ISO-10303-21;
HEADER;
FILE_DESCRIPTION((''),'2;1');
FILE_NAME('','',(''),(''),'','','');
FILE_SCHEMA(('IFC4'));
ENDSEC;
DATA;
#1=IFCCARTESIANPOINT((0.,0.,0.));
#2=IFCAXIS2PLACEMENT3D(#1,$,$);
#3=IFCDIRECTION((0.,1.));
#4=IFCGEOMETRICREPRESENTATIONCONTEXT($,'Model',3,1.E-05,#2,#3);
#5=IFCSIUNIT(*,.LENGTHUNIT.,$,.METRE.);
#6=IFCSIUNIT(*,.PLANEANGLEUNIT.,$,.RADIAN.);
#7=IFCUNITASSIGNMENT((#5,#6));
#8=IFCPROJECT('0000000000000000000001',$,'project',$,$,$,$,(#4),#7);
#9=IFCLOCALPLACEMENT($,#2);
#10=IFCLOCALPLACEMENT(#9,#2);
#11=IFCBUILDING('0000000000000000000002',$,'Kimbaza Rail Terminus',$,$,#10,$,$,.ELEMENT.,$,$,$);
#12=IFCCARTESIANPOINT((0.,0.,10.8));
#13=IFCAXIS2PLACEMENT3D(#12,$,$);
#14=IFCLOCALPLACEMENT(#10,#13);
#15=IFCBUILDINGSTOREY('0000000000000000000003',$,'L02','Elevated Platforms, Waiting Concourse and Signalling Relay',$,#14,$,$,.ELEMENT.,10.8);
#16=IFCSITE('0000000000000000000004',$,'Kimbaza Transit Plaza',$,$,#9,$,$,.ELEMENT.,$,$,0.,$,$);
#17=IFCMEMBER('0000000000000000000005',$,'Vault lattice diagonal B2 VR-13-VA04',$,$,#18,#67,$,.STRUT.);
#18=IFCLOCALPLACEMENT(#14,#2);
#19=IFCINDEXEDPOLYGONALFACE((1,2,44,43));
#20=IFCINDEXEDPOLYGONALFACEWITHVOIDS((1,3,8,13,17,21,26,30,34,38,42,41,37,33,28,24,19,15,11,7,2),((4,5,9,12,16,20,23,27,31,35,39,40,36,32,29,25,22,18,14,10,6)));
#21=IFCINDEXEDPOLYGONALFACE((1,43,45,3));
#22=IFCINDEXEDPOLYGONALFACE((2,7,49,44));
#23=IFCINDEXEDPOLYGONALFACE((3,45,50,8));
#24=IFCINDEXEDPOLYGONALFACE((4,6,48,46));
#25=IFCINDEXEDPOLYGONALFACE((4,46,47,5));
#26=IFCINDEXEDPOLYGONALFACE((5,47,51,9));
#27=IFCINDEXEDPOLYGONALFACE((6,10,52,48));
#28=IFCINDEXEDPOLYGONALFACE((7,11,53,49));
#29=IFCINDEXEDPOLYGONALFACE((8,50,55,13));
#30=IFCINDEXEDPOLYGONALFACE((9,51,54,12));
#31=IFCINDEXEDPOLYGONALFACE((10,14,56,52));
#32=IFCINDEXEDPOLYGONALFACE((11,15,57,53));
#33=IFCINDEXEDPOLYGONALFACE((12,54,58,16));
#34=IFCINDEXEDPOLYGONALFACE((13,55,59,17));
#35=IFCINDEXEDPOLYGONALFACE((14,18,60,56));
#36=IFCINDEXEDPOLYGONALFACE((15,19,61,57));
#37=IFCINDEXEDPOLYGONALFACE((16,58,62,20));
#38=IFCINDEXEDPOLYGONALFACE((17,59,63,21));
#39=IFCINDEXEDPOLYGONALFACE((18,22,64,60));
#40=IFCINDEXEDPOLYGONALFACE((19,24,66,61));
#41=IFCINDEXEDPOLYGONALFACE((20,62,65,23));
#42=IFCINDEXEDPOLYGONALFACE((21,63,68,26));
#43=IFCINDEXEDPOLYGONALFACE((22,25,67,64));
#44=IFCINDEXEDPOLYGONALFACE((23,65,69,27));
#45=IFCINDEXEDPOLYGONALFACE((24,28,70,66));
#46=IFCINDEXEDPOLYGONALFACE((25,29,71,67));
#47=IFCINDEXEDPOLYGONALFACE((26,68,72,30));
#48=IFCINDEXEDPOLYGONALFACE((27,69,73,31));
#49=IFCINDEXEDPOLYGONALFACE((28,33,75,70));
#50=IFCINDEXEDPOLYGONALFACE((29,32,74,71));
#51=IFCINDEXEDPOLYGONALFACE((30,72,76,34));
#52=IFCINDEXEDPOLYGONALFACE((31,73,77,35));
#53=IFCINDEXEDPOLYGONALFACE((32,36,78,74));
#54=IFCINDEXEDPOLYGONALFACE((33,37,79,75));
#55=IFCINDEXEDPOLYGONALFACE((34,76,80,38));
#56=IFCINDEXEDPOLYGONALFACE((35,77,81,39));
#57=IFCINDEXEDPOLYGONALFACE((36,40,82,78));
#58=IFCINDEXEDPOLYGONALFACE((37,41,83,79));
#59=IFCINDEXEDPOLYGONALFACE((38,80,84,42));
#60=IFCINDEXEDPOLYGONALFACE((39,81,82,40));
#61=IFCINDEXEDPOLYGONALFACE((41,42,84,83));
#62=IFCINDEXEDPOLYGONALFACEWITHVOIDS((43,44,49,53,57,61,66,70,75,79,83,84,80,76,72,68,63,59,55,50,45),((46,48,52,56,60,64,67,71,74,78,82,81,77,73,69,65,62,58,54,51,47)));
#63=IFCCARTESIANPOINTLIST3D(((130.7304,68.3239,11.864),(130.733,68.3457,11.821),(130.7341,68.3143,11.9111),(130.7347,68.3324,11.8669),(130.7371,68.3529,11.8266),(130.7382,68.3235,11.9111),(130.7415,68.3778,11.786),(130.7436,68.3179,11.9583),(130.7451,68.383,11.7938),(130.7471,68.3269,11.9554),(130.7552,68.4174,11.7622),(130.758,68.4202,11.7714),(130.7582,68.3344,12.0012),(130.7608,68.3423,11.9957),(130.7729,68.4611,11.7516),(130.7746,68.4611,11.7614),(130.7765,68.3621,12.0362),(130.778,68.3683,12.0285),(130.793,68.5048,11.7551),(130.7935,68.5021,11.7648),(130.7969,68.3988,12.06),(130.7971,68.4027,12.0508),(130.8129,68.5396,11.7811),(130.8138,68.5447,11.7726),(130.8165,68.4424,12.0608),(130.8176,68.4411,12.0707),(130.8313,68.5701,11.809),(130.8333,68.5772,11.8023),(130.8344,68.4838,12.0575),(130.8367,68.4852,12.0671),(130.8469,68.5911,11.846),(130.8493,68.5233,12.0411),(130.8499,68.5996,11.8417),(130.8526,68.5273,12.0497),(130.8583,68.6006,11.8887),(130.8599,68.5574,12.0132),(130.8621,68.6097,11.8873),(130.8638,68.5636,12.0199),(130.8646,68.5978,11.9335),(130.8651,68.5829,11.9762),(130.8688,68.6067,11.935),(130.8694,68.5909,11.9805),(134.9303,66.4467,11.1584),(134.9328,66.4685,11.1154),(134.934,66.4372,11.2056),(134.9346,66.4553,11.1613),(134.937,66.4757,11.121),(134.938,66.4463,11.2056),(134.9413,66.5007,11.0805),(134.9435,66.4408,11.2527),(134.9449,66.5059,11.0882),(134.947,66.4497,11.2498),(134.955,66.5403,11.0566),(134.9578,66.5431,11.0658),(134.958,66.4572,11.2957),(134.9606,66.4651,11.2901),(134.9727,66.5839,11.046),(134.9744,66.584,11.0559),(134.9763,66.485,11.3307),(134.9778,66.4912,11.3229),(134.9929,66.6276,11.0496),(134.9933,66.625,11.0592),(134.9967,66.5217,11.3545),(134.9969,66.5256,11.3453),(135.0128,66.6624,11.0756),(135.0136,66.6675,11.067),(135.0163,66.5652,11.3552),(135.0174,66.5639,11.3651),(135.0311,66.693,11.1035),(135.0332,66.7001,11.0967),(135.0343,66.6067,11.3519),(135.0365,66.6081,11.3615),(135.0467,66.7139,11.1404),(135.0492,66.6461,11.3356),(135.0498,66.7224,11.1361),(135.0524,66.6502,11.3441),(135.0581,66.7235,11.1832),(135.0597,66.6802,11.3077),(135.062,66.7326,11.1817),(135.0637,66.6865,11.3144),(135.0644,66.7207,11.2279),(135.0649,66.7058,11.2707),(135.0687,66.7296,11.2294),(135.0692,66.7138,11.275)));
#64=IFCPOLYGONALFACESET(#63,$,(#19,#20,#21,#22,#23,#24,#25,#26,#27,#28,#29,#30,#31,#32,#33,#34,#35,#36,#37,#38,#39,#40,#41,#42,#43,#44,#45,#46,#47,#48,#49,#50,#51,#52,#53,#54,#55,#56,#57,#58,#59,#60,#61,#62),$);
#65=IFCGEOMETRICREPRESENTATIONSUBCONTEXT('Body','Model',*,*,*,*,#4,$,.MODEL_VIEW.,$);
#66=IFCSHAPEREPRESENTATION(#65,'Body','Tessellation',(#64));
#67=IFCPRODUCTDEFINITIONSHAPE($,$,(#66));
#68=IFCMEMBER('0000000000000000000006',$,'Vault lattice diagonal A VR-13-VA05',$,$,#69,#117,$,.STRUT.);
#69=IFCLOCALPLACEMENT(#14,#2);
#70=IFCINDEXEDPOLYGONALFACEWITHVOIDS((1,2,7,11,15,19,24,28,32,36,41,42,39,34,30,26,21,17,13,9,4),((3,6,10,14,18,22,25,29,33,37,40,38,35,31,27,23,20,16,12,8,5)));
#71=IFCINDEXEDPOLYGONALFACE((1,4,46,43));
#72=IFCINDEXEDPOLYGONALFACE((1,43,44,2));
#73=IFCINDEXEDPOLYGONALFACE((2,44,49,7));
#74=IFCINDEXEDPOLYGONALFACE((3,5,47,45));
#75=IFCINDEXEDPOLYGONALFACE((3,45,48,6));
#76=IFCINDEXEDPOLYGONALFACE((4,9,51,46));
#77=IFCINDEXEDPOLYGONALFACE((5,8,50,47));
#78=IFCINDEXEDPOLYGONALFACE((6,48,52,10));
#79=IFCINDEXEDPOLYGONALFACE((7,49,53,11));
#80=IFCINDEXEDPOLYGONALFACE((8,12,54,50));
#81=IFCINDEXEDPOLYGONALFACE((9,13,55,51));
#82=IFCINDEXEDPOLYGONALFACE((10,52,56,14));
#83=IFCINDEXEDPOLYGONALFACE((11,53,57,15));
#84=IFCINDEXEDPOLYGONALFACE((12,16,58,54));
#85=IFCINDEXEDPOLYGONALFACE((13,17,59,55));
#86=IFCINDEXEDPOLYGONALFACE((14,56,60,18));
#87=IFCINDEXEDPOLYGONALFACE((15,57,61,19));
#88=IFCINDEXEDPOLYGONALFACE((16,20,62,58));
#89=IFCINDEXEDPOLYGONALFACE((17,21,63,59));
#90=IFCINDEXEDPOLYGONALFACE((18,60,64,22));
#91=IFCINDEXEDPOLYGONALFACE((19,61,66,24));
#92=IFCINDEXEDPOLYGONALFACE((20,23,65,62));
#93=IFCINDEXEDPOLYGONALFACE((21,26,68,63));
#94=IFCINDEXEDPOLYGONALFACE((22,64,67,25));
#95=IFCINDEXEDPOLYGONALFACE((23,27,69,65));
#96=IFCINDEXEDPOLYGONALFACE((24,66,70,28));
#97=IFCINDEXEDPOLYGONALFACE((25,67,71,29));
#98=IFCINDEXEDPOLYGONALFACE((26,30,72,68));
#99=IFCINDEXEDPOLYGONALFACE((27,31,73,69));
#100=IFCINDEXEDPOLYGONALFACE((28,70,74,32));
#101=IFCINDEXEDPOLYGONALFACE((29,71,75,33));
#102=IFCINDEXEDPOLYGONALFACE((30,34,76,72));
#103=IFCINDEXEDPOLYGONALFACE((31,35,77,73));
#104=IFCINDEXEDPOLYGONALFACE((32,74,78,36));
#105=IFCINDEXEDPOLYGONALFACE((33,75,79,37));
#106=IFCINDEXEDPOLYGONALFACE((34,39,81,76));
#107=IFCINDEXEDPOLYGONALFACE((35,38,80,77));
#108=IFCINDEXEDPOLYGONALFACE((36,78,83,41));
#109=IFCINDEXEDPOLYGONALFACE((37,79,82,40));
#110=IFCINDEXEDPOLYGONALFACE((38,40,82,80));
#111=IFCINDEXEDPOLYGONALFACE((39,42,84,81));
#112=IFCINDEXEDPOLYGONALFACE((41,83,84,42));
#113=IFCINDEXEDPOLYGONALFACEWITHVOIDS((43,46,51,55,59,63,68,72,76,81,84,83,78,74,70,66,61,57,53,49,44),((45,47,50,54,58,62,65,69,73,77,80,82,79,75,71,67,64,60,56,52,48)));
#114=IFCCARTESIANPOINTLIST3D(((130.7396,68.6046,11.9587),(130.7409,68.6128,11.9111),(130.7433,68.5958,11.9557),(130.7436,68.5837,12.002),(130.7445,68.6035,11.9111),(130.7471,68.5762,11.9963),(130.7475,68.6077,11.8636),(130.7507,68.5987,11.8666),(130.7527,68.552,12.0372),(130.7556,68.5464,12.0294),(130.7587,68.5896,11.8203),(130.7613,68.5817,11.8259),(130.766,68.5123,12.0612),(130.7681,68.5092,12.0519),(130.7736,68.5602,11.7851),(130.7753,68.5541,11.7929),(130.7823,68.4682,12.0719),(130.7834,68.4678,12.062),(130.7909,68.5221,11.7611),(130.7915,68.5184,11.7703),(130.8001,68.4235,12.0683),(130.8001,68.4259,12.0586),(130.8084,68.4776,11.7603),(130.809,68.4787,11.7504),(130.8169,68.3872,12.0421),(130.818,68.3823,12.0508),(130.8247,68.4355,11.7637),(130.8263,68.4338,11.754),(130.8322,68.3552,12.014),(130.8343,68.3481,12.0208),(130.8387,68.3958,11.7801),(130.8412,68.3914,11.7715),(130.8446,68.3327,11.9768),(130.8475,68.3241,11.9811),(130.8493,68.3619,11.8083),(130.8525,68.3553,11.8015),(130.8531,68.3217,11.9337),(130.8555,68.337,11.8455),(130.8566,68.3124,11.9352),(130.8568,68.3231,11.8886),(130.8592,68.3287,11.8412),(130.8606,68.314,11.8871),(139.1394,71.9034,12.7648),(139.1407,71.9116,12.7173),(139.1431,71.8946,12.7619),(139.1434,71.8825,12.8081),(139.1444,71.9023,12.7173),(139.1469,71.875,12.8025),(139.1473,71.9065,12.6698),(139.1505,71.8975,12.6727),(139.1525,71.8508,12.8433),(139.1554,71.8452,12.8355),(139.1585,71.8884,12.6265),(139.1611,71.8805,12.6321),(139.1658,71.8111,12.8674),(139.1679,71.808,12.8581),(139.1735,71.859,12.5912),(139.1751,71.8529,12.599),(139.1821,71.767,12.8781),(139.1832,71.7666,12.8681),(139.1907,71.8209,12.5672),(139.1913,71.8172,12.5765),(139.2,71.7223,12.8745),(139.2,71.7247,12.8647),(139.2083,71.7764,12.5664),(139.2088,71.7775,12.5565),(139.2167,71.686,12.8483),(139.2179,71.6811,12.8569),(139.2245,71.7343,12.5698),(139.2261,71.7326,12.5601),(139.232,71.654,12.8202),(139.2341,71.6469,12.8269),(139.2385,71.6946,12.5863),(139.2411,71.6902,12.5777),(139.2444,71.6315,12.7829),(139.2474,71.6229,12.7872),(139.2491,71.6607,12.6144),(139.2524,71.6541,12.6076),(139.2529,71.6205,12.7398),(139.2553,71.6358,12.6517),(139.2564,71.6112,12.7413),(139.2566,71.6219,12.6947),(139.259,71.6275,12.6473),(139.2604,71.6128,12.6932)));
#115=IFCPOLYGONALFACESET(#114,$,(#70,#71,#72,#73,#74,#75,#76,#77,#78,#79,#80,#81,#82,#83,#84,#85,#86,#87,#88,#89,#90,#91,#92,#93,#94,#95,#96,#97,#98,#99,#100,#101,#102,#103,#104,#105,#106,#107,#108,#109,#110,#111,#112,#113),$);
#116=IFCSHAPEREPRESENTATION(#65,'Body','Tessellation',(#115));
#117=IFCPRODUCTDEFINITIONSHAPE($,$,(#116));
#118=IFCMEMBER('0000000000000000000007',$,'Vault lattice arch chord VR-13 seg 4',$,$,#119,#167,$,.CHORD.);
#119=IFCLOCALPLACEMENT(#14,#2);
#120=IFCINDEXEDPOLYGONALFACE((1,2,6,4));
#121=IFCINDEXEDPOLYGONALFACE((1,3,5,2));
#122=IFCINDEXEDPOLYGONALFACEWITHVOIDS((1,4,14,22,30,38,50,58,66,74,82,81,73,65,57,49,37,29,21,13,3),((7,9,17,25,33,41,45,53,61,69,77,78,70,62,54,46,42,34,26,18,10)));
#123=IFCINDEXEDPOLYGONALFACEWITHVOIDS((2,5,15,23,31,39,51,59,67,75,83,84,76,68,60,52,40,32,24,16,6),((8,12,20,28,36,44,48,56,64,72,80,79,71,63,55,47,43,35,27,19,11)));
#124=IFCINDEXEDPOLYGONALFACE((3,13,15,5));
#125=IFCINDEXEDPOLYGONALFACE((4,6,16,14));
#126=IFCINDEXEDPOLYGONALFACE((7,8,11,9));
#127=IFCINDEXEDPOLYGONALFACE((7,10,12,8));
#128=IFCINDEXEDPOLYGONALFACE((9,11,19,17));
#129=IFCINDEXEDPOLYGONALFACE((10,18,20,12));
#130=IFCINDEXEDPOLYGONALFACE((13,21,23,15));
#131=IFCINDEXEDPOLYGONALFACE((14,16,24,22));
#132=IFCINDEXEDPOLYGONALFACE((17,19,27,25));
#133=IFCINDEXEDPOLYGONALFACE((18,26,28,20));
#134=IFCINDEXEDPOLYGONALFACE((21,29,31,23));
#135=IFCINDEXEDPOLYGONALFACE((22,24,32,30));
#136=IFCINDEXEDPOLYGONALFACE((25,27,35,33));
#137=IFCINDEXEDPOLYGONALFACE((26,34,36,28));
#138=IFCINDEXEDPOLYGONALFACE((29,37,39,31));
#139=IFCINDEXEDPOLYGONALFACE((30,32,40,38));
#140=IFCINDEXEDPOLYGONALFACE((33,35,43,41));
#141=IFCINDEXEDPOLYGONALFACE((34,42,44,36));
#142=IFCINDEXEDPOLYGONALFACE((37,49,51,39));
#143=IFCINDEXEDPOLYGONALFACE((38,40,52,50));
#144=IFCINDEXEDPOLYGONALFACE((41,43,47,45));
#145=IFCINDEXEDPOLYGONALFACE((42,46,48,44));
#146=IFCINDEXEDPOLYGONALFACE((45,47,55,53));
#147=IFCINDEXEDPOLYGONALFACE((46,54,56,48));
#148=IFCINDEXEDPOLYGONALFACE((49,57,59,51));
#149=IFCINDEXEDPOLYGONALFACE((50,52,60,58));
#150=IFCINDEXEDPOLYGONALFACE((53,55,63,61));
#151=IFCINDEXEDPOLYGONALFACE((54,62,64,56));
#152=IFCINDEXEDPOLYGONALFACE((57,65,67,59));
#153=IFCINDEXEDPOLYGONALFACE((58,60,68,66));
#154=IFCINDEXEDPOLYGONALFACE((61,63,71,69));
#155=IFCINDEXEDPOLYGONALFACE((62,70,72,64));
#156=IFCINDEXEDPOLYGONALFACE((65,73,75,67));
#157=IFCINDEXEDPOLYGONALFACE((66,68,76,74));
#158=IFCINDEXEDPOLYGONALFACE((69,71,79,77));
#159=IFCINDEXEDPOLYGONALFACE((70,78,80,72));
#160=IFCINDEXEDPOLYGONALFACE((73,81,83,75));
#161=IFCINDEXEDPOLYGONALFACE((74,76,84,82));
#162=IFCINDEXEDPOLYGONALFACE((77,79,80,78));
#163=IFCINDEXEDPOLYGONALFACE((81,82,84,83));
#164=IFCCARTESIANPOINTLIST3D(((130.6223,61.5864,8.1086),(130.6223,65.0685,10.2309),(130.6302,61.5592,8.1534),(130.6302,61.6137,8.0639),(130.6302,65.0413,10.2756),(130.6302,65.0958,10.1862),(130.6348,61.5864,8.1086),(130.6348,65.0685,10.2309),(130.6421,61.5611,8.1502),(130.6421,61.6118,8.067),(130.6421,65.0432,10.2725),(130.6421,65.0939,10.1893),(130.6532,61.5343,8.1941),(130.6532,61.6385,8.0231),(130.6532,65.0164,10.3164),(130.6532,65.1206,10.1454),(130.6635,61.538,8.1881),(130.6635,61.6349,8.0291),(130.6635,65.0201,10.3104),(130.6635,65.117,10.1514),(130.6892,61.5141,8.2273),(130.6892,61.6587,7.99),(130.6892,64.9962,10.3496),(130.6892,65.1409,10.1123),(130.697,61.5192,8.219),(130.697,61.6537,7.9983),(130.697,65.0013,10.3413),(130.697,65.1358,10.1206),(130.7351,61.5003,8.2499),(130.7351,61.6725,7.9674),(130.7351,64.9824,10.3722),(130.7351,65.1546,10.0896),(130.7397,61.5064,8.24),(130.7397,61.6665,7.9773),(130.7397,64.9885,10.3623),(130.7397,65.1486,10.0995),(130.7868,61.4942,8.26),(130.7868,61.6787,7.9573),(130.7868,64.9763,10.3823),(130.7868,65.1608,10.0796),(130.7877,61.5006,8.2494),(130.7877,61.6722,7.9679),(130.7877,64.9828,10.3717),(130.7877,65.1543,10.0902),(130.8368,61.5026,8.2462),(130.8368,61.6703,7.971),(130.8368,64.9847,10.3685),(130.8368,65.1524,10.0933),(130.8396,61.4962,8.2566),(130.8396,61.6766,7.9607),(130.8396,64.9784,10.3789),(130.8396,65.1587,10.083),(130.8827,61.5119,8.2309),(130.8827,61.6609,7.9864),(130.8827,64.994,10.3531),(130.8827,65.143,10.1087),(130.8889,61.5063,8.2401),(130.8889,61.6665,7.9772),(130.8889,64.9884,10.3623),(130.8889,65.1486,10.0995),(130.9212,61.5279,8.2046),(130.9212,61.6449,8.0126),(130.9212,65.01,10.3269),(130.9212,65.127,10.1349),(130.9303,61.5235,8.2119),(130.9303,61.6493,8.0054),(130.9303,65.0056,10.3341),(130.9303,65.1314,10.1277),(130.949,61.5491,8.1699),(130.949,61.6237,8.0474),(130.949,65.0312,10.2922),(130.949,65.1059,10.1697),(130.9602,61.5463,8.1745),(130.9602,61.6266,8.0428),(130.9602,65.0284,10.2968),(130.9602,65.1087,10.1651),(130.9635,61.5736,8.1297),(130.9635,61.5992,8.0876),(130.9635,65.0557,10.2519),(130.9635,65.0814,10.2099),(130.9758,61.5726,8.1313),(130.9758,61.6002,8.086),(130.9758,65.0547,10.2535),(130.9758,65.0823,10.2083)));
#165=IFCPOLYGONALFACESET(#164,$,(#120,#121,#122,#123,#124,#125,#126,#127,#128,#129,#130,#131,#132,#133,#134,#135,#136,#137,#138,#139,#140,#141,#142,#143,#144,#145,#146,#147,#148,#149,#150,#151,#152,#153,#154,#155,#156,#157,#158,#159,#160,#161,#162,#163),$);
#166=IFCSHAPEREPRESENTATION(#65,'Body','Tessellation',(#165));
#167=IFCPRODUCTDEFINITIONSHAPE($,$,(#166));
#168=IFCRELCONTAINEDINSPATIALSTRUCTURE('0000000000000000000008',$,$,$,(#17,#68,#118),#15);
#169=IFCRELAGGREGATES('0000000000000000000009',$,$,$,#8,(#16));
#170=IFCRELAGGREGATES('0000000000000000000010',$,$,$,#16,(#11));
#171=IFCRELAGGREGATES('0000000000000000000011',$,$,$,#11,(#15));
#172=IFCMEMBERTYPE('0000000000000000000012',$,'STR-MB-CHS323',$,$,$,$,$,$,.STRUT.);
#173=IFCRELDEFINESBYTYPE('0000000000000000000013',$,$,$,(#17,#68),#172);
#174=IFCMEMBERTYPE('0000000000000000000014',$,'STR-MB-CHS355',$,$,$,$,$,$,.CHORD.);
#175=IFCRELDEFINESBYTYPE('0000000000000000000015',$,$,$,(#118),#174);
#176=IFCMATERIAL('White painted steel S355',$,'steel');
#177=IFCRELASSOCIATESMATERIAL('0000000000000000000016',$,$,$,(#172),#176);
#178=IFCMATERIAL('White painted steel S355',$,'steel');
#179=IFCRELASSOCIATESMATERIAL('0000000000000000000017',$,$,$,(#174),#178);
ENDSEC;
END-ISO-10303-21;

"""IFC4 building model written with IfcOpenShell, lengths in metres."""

from ifc_helpers import new_model, si_unit, direction, frame, origin, origin_2d, place, context, subcontext, project, spatial, hollow_circle, extrude, material, material_profile, profile_set, type_object, element, save


model = new_model("IFC4")

# Units and contexts
model_context = context("Model", 3, precision=1e-05, world=origin(), true_north=direction((0.0, 1.0)))
body_context = subcontext(model_context, "Body", "Model", "MODEL_VIEW")
ifc_project = project(units=[si_unit("LENGTHUNIT", "METRE"), si_unit("PLANEANGLEUNIT", "RADIAN")], contexts=[model_context])

# Site, building, storey
site_placement = place(None, origin())
site = spatial("IfcSite", under=ifc_project, at=site_placement, Name="Kimbaza Transit Plaza", CompositionType="ELEMENT", RefElevation=0.0)
building_placement = place(site_placement, origin())
building = spatial("IfcBuilding", under=site, at=building_placement, Name="Kimbaza Rail Terminus", CompositionType="ELEMENT")
storey_placement = place(building_placement, frame((0.0, 0.0, 10.8)))
storey = spatial("IfcBuildingStorey", under=building, at=storey_placement, Name="L02", Description="Elevated Platforms, Waiting Concourse and Signalling Relay", CompositionType="ELEMENT", Elevation=10.8)

# Members
ifc_material_1 = material(Name="White painted steel S355", Category="steel")
ifc_material_profile_1 = material_profile(ifc_material_1, hollow_circle(Radius=0.1619, WallThickness=0.01, at=origin_2d()), Name="CHS 323.9x10")
ifc_profile_set_1 = profile_set([ifc_material_profile_1], Name="White painted steel S355")
member_type_1 = type_object("IfcMemberType", Name="STR-MB-CHS323", PredefinedType="STRUT", material=ifc_profile_set_1)
member_1_placement = place(storey_placement, frame((135.0, 66.585, 11.2056), z_axis=(-0.902406, 0.403337, 0.151599), x_axis=(-0.408053, -0.912958, 0.0)))
element("IfcMember", 1, at=member_1_placement, inside=storey, type_object=member_type_1, Name="Vault lattice diagonal B2 VR-13-VA04", PredefinedType="STRUT", context=body_context, shape_type="SweptSolid", body=[
    extrude(hollow_circle(Radius=0.1619, WallThickness=0.01, at=origin_2d()), origin(), (0.0, 0.0, 1.0), 4.6541),
])
member_2_placement = place(storey_placement, frame((130.8, 68.4622, 11.9111), z_axis=(0.927103, 0.364094, 0.088976), x_axis=(-0.365544, 0.930794, 0.0)))
element("IfcMember", 2, at=member_2_placement, inside=storey, type_object=member_type_1, Name="Vault lattice diagonal A VR-13-VA05", PredefinedType="STRUT", context=body_context, shape_type="SweptSolid", body=[
    extrude(hollow_circle(Radius=0.1619, WallThickness=0.01, at=origin_2d()), origin(), (0.0, 0.0, 1.0), 9.0603),
])
ifc_material_2 = material(Name="White painted steel S355", Category="steel")
ifc_material_profile_2 = material_profile(ifc_material_2, hollow_circle(Radius=0.1777, WallThickness=0.0125, at=origin_2d()), Name="CHS 355.6x12.5")
ifc_profile_set_2 = profile_set([ifc_material_profile_2], Name="White painted steel S355")
member_type_2 = type_object("IfcMemberType", Name="STR-MB-CHS355", PredefinedType="CHORD", material=ifc_profile_set_2)
member_3_placement = place(storey_placement, frame((130.8, 61.5864, 8.1086), z_axis=(0.0, 0.853901, 0.520435), x_axis=(-1.0, 0.0, 0.0)))
element("IfcMember", 3, at=member_3_placement, inside=storey, type_object=member_type_2, Name="Vault lattice arch chord VR-13 seg 4", PredefinedType="CHORD", context=body_context, shape_type="SweptSolid", body=[
    extrude(hollow_circle(Radius=0.1777, WallThickness=0.0125, at=origin_2d()), origin(), (0.0, 0.0, 1.0), 4.0779),
])

save(model, "model.ifc")
